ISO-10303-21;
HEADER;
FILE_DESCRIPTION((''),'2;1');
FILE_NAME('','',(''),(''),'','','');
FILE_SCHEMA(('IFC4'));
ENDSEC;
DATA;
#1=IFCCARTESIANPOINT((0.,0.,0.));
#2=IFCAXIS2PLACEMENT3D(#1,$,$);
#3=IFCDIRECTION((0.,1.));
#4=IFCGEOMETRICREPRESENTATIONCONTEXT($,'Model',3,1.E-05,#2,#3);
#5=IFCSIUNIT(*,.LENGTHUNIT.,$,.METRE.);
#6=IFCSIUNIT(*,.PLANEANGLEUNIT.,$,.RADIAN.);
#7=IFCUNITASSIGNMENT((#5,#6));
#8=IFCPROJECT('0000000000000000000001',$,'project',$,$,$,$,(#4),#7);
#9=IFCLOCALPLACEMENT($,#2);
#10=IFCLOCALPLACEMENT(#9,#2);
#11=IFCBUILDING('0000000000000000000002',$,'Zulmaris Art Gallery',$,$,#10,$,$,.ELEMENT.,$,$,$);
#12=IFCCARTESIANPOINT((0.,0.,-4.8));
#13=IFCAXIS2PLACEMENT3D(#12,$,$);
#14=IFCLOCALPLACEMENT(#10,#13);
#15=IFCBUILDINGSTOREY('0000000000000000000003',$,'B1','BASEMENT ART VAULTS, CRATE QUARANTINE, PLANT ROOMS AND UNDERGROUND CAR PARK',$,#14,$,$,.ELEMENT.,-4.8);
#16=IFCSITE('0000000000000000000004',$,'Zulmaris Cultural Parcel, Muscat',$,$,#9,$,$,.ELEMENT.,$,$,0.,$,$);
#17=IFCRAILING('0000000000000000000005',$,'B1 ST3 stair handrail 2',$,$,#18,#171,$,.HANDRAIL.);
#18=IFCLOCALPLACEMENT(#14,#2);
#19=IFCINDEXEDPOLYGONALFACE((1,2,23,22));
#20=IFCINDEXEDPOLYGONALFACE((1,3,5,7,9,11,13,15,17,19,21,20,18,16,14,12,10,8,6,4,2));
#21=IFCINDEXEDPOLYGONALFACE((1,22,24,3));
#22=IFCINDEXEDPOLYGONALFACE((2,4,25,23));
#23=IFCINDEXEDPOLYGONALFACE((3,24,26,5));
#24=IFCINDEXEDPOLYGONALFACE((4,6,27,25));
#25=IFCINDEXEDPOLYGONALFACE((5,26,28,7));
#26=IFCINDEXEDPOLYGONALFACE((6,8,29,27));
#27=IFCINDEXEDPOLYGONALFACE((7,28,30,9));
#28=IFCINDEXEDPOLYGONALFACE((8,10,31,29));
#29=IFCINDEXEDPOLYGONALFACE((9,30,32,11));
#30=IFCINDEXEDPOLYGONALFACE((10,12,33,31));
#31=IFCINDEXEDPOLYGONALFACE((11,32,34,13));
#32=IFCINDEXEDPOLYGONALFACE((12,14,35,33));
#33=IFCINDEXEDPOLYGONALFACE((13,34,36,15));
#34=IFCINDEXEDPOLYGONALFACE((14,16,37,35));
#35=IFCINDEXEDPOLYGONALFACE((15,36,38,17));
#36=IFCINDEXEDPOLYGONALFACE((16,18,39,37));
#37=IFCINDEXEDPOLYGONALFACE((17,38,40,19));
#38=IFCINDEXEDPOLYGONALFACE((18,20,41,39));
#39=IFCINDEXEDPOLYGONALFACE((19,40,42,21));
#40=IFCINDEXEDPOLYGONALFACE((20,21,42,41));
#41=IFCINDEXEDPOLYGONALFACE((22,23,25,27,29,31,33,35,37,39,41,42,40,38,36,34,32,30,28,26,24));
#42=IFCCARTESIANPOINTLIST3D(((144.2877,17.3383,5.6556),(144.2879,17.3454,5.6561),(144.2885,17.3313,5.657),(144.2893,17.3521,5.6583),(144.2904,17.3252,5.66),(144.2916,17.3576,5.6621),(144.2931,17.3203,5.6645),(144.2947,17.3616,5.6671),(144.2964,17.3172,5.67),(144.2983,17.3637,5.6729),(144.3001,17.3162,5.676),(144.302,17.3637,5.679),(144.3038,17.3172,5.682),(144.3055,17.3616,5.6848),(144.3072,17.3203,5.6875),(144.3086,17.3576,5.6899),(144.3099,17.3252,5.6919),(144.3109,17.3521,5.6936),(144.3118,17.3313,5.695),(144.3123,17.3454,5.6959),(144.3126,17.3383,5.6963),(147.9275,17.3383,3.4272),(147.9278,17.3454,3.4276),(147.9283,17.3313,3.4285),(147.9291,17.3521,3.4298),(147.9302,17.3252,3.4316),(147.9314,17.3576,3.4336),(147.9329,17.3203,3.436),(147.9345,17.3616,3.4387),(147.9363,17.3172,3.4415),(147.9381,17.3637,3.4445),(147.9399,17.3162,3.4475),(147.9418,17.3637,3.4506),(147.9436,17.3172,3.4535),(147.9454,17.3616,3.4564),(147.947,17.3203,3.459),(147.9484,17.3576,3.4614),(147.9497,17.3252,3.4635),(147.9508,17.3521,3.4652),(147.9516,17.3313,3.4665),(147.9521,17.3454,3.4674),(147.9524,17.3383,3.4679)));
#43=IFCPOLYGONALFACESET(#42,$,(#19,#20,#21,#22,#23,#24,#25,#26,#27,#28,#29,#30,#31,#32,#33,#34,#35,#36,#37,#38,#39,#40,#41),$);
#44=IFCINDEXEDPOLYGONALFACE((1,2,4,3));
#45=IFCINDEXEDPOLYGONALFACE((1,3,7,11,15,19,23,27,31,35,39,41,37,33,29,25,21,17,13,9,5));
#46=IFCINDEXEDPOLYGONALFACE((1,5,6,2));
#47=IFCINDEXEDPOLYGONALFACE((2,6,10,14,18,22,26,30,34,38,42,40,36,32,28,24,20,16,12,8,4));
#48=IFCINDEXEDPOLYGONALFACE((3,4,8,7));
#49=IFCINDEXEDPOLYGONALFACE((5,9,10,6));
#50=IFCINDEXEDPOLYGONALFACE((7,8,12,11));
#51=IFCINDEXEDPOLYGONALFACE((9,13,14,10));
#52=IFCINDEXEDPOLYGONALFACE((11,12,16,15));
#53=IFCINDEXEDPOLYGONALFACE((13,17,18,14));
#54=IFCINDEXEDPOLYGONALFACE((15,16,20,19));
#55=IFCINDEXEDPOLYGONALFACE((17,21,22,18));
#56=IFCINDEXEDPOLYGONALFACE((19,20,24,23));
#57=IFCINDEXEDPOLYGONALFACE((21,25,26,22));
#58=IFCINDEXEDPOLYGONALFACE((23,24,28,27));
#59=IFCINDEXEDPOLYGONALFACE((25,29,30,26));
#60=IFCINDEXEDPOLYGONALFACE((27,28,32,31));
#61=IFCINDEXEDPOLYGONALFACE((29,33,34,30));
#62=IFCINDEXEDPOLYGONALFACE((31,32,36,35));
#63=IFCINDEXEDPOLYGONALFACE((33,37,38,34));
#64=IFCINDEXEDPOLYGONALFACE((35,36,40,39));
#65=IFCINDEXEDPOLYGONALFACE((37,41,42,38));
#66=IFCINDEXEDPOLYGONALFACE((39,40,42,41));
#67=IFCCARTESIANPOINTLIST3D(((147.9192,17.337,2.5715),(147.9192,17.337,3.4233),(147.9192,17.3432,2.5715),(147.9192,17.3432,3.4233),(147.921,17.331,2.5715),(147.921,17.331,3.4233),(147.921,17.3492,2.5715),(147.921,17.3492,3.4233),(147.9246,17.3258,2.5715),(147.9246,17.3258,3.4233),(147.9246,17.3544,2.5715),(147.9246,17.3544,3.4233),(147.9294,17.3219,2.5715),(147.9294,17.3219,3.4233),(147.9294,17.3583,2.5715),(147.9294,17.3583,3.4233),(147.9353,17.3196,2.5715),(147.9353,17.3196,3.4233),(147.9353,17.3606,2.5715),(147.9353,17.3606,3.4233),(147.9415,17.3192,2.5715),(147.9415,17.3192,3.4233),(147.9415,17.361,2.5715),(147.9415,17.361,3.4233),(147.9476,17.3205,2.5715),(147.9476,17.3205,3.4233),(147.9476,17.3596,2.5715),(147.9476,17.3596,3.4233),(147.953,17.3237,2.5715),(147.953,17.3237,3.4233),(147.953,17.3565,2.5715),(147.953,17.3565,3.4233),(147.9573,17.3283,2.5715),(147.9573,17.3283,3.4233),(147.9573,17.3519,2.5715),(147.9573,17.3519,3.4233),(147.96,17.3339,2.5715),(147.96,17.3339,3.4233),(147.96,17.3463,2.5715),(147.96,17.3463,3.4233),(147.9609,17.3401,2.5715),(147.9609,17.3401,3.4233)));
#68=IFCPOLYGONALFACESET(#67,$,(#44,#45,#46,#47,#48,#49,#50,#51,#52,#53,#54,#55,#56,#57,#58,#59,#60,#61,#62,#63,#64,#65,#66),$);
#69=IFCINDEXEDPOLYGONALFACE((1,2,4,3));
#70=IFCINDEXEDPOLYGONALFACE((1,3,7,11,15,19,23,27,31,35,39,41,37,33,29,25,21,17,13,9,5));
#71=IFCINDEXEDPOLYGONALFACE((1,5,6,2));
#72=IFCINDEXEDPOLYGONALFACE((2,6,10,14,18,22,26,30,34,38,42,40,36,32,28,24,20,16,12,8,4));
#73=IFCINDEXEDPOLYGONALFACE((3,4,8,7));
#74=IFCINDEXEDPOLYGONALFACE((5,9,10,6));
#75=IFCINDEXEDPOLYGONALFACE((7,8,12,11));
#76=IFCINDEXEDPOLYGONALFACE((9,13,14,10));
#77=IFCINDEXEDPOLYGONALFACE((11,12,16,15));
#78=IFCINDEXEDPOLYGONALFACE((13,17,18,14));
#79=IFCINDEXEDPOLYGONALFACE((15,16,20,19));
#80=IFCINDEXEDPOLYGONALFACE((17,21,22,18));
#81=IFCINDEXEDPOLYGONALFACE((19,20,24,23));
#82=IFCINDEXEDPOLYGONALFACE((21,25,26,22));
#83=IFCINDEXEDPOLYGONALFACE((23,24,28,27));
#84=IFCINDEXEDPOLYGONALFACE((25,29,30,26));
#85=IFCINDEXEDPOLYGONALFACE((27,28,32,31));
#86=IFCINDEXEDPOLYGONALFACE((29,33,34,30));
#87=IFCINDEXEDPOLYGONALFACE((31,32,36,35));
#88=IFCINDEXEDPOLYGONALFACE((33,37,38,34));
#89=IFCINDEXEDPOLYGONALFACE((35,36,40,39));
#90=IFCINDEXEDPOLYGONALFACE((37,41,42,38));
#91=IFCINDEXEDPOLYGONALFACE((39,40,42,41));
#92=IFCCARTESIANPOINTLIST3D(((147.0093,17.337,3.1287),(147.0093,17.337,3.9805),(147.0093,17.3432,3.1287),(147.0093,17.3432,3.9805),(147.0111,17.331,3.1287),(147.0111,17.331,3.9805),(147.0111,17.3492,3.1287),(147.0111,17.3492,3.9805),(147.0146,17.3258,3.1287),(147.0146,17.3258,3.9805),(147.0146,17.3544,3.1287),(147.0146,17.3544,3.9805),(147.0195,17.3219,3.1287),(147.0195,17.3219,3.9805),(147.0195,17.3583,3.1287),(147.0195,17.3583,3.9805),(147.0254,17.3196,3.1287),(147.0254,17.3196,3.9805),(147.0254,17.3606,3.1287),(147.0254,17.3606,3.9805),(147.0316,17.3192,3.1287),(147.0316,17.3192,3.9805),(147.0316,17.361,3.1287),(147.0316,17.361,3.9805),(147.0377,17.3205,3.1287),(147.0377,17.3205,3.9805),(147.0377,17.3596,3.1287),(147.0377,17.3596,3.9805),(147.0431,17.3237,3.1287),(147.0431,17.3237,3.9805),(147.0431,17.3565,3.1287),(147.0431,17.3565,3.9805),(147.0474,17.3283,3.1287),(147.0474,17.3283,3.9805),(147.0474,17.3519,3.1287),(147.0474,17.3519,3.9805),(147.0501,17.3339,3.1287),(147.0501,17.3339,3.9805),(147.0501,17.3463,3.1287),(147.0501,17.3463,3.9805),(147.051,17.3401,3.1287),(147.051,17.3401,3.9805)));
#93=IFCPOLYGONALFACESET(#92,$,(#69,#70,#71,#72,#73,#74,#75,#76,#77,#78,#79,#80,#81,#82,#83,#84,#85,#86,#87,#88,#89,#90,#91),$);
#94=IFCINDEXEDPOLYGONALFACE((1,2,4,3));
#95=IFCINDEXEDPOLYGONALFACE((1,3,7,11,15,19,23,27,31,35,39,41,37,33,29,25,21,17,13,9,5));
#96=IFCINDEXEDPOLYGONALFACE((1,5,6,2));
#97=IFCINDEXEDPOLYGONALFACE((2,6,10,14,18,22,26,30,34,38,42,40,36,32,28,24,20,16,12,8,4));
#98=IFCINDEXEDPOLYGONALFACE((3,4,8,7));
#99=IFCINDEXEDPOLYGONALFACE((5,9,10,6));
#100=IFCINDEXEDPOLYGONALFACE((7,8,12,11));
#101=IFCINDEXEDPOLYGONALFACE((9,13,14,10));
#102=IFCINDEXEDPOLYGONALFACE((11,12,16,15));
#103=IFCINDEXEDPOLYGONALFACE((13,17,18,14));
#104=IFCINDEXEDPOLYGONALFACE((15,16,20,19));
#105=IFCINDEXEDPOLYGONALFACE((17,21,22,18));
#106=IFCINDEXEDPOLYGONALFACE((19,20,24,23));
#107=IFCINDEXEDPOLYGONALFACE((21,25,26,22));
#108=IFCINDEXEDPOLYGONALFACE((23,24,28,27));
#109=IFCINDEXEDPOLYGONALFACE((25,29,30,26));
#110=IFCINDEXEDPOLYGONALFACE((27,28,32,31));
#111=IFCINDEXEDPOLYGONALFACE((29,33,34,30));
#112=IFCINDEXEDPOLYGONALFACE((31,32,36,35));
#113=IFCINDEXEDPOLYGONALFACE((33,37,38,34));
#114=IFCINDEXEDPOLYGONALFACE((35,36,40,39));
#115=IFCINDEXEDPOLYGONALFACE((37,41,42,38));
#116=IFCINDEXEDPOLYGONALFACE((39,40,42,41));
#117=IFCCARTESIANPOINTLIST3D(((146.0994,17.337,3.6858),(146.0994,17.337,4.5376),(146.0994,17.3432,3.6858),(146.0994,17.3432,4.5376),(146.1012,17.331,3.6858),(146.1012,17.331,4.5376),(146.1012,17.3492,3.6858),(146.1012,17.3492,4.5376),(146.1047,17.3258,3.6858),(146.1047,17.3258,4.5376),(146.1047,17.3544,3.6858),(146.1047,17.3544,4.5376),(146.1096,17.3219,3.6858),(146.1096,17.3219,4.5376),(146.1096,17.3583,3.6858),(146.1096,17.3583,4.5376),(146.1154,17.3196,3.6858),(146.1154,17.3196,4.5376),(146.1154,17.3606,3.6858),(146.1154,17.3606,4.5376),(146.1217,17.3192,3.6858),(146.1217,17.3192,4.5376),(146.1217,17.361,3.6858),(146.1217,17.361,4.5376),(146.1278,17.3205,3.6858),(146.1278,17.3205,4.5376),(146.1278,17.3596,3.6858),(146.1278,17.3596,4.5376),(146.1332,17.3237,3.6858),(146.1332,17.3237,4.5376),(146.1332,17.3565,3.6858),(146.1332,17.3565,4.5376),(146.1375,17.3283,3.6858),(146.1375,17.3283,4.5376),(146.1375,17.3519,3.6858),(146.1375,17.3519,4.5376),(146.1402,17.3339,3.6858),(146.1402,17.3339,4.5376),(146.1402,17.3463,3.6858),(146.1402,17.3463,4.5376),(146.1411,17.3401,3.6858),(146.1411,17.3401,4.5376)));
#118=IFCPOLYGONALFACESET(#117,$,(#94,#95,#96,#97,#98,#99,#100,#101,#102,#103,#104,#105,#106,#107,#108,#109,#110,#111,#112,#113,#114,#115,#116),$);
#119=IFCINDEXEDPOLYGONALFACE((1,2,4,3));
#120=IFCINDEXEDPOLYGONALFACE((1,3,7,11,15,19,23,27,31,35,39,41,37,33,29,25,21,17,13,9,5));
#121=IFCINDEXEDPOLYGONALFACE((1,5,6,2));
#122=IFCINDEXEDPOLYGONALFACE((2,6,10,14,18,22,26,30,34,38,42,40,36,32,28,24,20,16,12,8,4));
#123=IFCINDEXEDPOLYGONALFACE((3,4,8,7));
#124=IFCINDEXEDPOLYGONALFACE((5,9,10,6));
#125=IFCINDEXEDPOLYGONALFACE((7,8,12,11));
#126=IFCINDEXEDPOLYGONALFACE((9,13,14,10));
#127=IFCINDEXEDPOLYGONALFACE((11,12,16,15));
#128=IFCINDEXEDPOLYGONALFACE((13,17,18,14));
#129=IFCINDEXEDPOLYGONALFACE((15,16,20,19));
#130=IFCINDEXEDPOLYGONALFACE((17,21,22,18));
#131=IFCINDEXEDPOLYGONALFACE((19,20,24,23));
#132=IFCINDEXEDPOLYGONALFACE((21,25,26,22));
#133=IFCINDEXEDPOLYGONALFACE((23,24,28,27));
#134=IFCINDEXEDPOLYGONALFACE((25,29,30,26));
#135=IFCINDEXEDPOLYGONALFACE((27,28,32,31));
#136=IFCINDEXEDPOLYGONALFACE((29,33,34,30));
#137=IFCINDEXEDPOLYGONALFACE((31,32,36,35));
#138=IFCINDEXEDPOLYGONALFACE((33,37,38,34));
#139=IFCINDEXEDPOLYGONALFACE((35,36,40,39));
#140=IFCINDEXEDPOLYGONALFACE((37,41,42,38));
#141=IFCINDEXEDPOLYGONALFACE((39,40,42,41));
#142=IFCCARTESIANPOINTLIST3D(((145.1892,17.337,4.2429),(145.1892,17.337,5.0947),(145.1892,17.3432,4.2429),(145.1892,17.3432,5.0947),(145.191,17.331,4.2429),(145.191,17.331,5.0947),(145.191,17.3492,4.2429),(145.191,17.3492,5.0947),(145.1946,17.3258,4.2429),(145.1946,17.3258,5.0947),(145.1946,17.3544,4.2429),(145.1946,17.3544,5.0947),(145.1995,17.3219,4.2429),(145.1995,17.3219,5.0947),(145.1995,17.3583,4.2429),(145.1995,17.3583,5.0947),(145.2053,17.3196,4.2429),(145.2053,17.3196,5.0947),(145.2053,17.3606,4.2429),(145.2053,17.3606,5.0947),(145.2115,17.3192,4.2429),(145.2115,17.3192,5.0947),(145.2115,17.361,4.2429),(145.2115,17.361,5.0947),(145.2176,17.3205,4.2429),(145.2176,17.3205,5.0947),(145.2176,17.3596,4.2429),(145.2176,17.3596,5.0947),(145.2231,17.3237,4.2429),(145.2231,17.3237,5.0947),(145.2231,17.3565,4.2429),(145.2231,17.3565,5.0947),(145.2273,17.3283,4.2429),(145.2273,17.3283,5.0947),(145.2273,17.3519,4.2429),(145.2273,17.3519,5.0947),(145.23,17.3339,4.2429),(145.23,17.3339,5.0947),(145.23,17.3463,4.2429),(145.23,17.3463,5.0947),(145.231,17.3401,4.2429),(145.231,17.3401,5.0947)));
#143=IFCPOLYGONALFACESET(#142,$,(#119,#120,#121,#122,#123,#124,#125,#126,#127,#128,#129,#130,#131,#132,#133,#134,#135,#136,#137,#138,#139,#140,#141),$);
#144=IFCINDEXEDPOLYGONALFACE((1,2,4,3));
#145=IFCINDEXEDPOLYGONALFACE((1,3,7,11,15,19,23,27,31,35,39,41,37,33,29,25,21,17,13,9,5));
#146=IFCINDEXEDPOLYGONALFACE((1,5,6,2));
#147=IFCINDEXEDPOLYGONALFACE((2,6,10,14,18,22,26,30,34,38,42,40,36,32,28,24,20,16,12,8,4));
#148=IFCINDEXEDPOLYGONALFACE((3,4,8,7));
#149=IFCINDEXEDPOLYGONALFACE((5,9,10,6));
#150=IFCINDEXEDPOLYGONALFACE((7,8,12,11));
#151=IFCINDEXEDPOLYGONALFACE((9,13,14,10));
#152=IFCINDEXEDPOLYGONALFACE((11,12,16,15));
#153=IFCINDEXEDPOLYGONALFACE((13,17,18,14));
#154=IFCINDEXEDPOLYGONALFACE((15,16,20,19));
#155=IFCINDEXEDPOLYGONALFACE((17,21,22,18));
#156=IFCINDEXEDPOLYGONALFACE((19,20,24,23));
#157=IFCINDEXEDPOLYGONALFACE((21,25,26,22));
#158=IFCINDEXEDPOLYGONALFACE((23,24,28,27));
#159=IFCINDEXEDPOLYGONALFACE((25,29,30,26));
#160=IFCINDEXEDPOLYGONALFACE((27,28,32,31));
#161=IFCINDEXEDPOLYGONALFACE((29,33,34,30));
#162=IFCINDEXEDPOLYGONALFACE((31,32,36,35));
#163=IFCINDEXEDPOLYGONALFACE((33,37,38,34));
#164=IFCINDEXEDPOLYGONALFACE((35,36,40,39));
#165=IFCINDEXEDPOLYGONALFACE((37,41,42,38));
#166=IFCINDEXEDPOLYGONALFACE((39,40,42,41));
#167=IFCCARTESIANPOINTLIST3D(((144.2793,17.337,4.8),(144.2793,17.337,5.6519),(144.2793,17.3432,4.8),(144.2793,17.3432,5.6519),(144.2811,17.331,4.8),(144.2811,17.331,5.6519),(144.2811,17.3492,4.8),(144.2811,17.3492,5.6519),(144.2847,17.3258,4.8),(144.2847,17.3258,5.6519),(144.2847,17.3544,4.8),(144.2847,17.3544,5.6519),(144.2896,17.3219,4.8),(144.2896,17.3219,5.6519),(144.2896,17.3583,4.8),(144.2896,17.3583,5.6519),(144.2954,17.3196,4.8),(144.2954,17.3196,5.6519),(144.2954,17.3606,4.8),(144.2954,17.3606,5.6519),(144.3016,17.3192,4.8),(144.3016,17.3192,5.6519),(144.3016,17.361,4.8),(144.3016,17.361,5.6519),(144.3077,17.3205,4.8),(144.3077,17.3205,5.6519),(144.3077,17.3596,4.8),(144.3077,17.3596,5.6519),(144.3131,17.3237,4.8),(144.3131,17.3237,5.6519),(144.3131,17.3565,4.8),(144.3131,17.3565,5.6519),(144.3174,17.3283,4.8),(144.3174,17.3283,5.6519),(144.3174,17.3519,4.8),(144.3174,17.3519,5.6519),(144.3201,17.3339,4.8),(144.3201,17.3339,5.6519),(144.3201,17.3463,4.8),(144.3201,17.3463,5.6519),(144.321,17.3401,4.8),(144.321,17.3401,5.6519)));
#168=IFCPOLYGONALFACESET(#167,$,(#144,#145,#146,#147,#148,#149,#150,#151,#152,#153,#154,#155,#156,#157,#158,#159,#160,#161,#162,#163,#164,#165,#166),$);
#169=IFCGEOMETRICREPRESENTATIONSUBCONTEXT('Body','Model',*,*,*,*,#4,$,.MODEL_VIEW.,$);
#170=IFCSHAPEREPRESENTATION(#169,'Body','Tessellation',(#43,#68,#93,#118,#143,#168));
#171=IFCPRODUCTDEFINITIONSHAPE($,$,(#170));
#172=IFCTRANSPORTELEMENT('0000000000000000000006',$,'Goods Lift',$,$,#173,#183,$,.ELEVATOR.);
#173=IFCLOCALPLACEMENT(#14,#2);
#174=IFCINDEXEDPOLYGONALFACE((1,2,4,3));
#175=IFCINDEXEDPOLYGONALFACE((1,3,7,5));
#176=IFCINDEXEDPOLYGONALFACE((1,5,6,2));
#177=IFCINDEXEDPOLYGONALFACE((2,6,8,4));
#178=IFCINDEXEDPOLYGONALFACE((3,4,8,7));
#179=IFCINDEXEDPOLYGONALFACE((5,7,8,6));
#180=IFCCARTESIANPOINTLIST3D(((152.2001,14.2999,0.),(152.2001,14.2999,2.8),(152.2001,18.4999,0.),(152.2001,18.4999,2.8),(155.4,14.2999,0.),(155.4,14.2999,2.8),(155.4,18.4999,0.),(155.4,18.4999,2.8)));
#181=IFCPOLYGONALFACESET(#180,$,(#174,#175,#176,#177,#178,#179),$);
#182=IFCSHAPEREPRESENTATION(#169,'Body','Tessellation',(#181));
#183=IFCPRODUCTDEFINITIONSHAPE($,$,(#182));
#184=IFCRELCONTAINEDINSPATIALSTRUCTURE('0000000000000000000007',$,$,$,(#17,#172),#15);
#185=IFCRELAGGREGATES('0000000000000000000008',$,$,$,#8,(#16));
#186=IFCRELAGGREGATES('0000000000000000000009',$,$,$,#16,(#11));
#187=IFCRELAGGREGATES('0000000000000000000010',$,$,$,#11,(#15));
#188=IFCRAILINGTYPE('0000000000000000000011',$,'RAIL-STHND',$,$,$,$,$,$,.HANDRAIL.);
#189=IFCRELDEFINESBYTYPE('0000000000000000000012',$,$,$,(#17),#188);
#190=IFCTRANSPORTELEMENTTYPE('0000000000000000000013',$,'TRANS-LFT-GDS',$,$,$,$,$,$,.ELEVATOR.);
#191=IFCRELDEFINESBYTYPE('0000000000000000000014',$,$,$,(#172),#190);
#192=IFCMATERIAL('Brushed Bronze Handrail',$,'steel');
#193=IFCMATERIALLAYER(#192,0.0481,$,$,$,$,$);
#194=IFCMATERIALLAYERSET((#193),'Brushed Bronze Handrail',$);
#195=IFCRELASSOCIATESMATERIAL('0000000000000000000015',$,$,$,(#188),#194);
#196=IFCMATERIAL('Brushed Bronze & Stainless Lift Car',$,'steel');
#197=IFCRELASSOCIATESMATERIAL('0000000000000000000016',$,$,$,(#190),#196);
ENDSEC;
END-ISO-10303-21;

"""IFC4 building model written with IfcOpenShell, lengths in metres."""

from ifc_helpers import new_model, si_unit, direction, frame, origin, origin_2d, place, context, subcontext, project, spatial, rectangle, circle, extrude, material, layer, layer_set, type_object, element, save


model = new_model("IFC4")

# Units and contexts
model_context = context("Model", 3, precision=1e-05, world=origin(), true_north=direction((0.0, 1.0)))
body_context = subcontext(model_context, "Body", "Model", "MODEL_VIEW")
ifc_project = project(units=[si_unit("LENGTHUNIT", "METRE"), si_unit("PLANEANGLEUNIT", "RADIAN")], contexts=[model_context])

# Site, building, storey
site_placement = place(None, origin())
site = spatial("IfcSite", under=ifc_project, at=site_placement, Name="Zulmaris Cultural Parcel, Muscat", CompositionType="ELEMENT", RefElevation=0.0)
building_placement = place(site_placement, origin())
building = spatial("IfcBuilding", under=site, at=building_placement, Name="Zulmaris Art Gallery", CompositionType="ELEMENT")
storey_placement = place(building_placement, frame((0.0, 0.0, -4.8)))
storey = spatial("IfcBuildingStorey", under=building, at=storey_placement, Name="B1", Description="BASEMENT ART VAULTS, CRATE QUARANTINE, PLANT ROOMS AND UNDERGROUND CAR PARK", CompositionType="ELEMENT", Elevation=-4.8)

# Railing
ifc_material_1 = material(Name="Brushed Bronze Handrail", Category="steel")
ifc_layer_1 = layer(ifc_material_1, 0.0481)
ifc_layer_set_1 = layer_set([ifc_layer_1], Name="Brushed Bronze Handrail")
railing_type_1 = type_object("IfcRailingType", Name="RAIL-STHND", PredefinedType="HANDRAIL", material=ifc_layer_set_1)
railing_1_placement = place(storey_placement, frame((147.9399, 17.3401, 2.5715)))
element("IfcRailing", 1, at=railing_1_placement, inside=storey, type_object=railing_type_1, Name="B1 ST3 stair handrail 2", PredefinedType="HANDRAIL", context=body_context, shape_type="SweptSolid", body=[
    extrude(circle(Radius=0.0239, at=origin_2d()), frame((0.0, 0.0, 0.876), z_axis=(-0.85285, 0.0, 0.522156), x_axis=(0.0, -1.0, 0.0)), (0.0, 0.0, 1.0), 4.2678),
    extrude(circle(Radius=0.021, at=origin_2d()), origin(), (0.0, 0.0, 1.0), 0.8518),
    extrude(circle(Radius=0.021, at=origin_2d()), frame((-0.9099, 0.0, 0.5571)), (0.0, 0.0, 1.0), 0.8518),
    extrude(circle(Radius=0.021, at=origin_2d()), frame((-1.8198, 0.0, 1.1143)), (0.0, 0.0, 1.0), 0.8518),
    extrude(circle(Radius=0.021, at=origin_2d()), frame((-2.73, 0.0, 1.6714)), (0.0, 0.0, 1.0), 0.8518),
    extrude(circle(Radius=0.021, at=origin_2d()), frame((-3.6399, 0.0, 2.2285)), (0.0, 0.0, 1.0), 0.8518),
])

# Transport element
ifc_material_2 = material(Name="Brushed Bronze & Stainless Lift Car", Category="steel")
transport_element_type = type_object("IfcTransportElementType", Name="TRANS-LFT-GDS", PredefinedType="ELEVATOR", material=ifc_material_2)
transport_element_placement = place(storey_placement, frame((153.8, 16.3999, 0.0), z_axis=(0.0, 0.0, 1.0), x_axis=(1.0, 0.0, 0.0)))
element("IfcTransportElement", 2, at=transport_element_placement, inside=storey, type_object=transport_element_type, Name="Goods Lift", PredefinedType="ELEVATOR", context=body_context, shape_type="SweptSolid", body=[
    extrude(rectangle(XDim=3.2, YDim=4.2, at=origin_2d()), origin(), (0.0, 0.0, 1.0), 2.8),
])

save(model, "model.ifc")
